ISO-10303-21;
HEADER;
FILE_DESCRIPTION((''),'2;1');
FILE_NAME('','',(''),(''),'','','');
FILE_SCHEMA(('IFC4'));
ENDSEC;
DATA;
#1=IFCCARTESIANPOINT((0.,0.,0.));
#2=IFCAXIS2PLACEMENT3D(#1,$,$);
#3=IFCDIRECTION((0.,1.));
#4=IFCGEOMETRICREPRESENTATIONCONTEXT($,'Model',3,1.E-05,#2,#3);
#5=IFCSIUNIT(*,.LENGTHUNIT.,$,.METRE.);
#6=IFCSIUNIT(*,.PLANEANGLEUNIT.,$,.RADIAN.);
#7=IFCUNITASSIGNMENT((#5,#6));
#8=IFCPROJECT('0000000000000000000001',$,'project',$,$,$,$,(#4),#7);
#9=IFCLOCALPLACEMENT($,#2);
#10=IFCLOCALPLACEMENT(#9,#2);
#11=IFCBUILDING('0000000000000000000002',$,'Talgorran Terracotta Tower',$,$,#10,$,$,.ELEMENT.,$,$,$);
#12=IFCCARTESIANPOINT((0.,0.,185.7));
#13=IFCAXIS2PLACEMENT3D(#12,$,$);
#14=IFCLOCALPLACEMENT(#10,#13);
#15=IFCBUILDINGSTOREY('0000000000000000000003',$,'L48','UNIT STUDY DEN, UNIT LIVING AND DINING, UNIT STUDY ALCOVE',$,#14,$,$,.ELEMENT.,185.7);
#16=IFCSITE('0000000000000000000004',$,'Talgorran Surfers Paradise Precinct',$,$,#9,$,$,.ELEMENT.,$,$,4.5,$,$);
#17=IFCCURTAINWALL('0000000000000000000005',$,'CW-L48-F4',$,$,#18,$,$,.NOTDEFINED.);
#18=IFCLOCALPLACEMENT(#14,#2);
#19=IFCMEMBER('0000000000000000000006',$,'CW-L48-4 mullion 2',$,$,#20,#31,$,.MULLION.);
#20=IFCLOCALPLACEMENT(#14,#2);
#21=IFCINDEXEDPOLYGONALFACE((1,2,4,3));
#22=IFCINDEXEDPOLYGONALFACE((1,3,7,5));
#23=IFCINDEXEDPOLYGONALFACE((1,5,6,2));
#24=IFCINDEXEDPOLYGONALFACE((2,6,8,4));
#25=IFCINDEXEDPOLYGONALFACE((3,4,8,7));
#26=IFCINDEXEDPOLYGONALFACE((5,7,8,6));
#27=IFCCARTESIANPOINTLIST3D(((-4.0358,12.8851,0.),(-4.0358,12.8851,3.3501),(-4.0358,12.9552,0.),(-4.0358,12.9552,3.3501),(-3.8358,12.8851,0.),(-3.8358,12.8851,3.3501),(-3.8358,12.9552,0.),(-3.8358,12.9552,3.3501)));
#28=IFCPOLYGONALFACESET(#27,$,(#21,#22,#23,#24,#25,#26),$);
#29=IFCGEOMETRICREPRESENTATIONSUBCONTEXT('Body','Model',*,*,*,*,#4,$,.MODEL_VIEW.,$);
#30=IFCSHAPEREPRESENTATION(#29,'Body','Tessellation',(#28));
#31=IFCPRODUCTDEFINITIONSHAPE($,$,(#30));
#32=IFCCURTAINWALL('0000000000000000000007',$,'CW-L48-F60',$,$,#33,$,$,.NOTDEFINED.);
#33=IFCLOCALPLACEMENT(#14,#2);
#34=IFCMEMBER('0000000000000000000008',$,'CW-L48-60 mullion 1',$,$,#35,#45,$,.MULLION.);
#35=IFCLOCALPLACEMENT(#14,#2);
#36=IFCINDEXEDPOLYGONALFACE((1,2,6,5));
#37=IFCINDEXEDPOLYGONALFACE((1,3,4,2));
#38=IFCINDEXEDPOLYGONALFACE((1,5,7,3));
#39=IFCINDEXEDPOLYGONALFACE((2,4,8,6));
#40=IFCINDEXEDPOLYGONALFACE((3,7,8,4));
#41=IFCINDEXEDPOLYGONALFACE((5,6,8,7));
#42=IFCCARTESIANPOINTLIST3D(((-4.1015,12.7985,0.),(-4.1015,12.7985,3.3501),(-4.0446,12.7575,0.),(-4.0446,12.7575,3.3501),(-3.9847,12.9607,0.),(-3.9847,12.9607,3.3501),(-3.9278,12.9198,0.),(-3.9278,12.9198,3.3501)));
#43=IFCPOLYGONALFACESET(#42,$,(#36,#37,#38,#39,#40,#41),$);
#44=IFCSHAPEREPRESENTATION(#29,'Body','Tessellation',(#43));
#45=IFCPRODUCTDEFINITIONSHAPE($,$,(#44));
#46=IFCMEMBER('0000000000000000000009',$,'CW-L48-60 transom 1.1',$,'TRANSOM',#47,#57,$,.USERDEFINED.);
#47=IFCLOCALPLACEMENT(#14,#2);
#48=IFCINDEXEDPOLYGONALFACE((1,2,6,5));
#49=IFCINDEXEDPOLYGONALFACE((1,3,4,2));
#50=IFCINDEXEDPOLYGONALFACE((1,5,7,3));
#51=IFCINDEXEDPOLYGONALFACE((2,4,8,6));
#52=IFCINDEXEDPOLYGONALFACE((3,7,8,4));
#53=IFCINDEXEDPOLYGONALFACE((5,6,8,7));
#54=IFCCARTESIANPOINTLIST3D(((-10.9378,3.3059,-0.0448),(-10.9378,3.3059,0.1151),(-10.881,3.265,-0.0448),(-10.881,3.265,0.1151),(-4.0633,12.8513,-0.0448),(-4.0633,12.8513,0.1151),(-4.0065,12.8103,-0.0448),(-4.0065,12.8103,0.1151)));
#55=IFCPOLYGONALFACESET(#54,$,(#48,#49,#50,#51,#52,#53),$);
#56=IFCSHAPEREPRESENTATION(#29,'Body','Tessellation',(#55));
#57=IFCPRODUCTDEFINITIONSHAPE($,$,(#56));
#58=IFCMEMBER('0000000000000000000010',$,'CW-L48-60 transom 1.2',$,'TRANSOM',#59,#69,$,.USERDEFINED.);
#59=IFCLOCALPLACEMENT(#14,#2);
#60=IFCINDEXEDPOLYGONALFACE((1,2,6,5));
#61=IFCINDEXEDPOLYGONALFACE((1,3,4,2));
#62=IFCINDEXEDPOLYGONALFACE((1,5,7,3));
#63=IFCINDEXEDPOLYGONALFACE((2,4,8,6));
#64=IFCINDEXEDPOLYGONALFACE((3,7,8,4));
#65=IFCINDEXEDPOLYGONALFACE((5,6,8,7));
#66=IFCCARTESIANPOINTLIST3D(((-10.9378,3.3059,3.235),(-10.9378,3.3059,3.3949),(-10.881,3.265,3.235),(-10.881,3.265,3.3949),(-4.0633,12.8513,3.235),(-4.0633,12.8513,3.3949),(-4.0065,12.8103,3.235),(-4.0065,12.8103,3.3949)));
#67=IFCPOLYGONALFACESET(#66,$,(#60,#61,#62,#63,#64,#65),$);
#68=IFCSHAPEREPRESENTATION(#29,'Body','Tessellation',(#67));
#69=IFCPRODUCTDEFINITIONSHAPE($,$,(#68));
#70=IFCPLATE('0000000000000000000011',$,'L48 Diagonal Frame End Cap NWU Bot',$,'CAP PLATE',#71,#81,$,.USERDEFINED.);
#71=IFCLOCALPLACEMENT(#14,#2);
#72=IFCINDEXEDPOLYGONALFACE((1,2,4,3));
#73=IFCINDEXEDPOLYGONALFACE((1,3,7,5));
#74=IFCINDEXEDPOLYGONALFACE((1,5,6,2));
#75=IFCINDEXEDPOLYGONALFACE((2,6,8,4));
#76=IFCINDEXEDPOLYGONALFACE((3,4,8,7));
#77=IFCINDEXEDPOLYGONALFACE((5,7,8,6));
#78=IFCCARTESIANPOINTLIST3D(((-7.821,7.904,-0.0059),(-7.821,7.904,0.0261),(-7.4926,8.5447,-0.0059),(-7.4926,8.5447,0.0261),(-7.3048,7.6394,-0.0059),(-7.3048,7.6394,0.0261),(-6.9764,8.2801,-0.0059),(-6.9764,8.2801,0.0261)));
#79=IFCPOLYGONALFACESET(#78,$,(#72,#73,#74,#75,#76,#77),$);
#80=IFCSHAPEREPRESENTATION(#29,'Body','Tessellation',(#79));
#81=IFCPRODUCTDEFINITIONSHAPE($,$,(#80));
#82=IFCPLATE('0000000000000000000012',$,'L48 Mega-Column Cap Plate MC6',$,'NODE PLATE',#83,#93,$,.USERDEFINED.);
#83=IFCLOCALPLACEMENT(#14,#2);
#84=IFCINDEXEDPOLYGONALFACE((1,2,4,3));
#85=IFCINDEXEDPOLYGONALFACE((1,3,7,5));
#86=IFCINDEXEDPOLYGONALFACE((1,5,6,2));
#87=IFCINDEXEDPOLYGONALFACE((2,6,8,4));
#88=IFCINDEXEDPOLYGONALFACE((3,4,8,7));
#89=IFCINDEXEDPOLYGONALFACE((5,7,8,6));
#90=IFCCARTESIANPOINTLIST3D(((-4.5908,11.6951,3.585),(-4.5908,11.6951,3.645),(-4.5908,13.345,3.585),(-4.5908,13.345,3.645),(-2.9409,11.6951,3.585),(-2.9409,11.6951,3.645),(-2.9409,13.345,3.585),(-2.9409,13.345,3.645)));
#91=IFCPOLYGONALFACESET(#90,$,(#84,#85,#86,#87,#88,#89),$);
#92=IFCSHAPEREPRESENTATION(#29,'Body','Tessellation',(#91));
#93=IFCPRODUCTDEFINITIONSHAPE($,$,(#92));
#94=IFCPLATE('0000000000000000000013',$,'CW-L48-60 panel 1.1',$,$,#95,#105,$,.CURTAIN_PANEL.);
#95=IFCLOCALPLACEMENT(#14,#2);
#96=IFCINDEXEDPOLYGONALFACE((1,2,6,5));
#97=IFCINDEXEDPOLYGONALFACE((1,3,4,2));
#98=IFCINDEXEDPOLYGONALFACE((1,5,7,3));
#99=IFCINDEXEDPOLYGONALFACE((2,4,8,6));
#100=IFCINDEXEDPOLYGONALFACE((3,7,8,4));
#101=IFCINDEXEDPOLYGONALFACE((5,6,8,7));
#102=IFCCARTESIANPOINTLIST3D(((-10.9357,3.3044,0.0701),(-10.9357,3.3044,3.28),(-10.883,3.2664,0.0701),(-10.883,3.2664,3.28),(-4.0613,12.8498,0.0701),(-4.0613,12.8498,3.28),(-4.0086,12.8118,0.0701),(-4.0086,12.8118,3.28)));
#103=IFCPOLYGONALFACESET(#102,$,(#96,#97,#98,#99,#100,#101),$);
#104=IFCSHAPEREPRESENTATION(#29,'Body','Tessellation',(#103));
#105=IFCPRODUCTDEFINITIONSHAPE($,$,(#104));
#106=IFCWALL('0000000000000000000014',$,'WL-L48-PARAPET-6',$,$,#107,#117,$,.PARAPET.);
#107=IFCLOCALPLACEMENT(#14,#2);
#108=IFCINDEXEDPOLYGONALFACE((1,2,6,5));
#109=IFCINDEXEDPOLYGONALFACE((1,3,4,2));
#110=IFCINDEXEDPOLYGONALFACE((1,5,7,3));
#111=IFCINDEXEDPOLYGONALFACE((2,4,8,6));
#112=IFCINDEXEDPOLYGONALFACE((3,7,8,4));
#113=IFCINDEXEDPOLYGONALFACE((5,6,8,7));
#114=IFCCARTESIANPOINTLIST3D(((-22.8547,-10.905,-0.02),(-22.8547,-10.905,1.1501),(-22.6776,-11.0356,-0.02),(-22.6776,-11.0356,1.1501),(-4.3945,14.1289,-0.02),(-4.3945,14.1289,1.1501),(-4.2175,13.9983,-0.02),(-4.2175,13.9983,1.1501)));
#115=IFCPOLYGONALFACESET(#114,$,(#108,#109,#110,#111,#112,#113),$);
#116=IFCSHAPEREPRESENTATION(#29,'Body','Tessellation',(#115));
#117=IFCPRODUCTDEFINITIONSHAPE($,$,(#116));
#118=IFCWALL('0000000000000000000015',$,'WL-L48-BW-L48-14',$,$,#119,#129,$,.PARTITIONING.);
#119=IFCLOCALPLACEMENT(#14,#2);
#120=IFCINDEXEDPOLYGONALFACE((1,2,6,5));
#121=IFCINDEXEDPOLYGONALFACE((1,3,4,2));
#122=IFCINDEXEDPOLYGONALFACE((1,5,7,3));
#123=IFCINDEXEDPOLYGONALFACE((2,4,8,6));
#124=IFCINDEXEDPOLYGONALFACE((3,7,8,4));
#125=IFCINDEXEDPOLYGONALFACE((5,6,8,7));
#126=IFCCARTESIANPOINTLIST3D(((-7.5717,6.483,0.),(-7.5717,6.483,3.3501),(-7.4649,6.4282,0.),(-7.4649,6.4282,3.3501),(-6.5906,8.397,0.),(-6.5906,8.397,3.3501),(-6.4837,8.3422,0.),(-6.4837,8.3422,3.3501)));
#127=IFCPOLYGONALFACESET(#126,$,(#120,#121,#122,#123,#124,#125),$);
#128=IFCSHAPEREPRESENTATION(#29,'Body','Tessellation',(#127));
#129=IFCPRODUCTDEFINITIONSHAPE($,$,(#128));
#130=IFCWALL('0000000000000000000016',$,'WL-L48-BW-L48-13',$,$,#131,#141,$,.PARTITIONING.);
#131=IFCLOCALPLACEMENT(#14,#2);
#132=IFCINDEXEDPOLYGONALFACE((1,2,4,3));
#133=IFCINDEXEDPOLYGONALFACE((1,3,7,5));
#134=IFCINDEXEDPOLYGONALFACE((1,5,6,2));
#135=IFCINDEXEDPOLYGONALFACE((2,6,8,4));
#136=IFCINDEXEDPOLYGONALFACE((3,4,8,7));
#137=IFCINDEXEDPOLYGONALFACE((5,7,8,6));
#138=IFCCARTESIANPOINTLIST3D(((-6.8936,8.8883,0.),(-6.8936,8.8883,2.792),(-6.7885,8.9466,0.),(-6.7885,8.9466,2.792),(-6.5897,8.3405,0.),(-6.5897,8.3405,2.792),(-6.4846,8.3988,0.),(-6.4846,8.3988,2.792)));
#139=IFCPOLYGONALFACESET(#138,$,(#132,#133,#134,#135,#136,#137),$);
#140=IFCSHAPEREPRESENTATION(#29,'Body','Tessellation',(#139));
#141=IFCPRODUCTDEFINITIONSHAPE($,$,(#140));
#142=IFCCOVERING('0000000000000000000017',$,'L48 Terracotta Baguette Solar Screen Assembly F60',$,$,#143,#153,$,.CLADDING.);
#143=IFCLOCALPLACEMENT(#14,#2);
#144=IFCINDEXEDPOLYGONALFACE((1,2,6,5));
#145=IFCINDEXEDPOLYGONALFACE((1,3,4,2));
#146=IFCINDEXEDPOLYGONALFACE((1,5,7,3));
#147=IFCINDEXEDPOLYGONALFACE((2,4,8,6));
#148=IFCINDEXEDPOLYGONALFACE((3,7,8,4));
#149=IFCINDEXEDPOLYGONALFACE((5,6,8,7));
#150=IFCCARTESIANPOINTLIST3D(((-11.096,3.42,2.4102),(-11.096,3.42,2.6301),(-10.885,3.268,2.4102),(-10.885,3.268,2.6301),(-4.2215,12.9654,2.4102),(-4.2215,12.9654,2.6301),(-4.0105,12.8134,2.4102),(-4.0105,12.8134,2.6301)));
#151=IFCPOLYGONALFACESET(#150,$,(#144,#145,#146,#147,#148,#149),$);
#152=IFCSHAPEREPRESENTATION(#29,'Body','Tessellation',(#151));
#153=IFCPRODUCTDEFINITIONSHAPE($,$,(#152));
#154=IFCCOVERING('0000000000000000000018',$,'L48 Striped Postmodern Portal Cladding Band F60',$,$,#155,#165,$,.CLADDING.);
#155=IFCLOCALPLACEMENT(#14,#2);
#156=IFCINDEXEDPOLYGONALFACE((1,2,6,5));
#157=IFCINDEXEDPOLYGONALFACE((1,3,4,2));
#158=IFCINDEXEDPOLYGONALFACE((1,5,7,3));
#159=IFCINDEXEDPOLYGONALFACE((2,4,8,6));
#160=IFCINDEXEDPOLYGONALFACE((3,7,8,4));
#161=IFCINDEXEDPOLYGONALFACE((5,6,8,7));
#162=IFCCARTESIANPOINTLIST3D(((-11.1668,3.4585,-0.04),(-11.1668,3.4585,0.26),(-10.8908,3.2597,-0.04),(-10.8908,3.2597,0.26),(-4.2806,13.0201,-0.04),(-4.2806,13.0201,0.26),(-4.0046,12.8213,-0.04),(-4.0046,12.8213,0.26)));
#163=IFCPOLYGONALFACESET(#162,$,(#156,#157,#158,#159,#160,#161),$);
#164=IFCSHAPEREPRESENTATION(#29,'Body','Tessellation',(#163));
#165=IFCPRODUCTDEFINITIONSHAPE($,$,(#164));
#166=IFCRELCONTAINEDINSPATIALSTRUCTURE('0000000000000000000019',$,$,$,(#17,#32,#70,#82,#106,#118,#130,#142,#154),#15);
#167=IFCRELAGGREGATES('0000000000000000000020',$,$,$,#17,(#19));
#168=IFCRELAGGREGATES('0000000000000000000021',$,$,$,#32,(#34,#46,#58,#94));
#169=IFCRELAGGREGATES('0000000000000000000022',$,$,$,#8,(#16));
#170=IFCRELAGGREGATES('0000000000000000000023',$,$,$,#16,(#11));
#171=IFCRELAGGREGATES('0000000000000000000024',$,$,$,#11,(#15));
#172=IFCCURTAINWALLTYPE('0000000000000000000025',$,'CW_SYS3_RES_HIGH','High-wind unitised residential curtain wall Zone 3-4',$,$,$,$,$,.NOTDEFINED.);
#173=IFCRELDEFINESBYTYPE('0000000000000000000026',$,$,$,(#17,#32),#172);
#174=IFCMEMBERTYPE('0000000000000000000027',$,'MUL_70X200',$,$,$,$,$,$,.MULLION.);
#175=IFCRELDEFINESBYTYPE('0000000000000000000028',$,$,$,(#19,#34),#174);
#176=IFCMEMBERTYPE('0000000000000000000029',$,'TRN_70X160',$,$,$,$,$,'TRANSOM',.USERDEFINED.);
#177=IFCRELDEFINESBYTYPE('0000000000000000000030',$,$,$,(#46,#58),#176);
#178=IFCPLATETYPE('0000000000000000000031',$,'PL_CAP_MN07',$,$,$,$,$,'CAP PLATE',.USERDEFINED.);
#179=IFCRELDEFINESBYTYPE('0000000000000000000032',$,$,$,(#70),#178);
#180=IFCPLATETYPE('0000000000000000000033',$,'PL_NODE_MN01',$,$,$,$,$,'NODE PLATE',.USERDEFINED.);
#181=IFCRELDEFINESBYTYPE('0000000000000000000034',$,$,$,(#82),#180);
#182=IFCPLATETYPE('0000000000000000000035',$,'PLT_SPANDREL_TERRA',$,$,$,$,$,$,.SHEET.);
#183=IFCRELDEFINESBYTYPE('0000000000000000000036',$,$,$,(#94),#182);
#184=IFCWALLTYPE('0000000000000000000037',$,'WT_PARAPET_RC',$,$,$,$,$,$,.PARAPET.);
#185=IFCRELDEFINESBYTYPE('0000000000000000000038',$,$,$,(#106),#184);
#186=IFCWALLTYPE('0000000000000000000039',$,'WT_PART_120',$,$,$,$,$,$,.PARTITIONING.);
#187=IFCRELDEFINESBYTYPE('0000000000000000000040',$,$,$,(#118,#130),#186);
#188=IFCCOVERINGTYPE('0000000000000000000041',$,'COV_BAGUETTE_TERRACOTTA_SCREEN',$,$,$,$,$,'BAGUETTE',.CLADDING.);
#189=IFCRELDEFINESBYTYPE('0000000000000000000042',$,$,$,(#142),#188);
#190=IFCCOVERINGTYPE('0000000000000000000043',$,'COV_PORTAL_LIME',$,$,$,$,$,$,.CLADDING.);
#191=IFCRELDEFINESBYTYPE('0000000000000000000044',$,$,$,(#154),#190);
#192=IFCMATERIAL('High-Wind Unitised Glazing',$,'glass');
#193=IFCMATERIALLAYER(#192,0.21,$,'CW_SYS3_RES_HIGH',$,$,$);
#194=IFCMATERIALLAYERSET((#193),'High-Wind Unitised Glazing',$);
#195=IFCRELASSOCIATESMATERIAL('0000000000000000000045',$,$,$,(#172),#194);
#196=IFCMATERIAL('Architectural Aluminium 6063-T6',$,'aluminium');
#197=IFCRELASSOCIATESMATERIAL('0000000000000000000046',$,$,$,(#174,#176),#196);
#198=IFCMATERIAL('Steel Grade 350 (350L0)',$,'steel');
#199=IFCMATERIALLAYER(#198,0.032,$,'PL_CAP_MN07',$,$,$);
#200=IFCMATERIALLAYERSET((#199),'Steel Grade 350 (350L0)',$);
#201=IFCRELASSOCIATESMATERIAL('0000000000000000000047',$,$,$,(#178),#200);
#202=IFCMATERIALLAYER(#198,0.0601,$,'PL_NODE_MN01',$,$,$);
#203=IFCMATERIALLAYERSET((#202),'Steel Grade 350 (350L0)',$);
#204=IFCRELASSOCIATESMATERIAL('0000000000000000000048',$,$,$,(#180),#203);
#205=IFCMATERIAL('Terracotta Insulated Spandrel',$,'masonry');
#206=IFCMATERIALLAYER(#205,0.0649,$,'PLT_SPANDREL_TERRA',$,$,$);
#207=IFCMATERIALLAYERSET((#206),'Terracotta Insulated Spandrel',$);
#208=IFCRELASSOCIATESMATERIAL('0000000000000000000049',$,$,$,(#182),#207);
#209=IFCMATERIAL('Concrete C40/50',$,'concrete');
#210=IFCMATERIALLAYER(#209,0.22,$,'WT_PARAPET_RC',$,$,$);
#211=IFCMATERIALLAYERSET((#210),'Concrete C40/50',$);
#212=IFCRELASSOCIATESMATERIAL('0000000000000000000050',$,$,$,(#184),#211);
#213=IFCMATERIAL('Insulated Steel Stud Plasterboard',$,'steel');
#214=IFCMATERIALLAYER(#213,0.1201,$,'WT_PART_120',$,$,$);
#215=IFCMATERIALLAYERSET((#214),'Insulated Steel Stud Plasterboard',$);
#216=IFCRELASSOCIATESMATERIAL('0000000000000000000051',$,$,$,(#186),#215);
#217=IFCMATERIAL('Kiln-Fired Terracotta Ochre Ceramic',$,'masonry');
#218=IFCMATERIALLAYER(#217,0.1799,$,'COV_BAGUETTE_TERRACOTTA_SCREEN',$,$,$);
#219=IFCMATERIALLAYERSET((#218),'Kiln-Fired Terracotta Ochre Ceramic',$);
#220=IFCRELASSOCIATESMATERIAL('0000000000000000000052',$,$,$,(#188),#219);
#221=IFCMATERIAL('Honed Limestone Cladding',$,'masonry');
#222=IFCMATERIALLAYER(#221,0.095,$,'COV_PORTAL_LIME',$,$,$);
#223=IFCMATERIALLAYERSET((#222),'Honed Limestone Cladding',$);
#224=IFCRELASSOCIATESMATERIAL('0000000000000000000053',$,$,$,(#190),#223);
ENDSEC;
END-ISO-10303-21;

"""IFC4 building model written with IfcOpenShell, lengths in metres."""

from ifc_helpers import new_model, si_unit, direction, frame, frame_2d, origin, origin_2d, place, context, subcontext, project, spatial, rectangle, extrude, source, transform, mapped, material, layer, layer_set, material_profile, profile_set, type_object, type_shapes, element, aggregate, save


model = new_model("IFC4")

# Units and contexts
model_context = context("Model", 3, precision=1e-05, world=origin(), true_north=direction((0.0, 1.0)))
body_context = subcontext(model_context, "Body", "Model", "MODEL_VIEW")
ifc_project = project(units=[si_unit("LENGTHUNIT", "METRE"), si_unit("PLANEANGLEUNIT", "RADIAN")], contexts=[model_context])

# Site, building, storey
site_placement = place(None, origin())
site = spatial("IfcSite", under=ifc_project, at=site_placement, Name="Talgorran Surfers Paradise Precinct", CompositionType="ELEMENT", RefElevation=4.5)
building_placement = place(site_placement, origin())
building = spatial("IfcBuilding", under=site, at=building_placement, Name="Talgorran Terracotta Tower", CompositionType="ELEMENT")
storey_placement = place(building_placement, frame((0.0, 0.0, 185.7)))
storey = spatial("IfcBuildingStorey", under=building, at=storey_placement, Name="L48", Description="UNIT STUDY DEN, UNIT LIVING AND DINING, UNIT STUDY ALCOVE", CompositionType="ELEMENT", Elevation=185.7)

# Shared definitions
ifc_material_1 = material(Name="Steel Grade 350 (350L0)", Category="steel")

# Curtain wall, member
ifc_material_2 = material(Name="High-Wind Unitised Glazing", Category="glass")
ifc_layer_1 = layer(ifc_material_2, 0.21, Name="CW_SYS3_RES_HIGH")
ifc_layer_set_1 = layer_set([ifc_layer_1], Name="High-Wind Unitised Glazing")
curtain_wall_type = type_object("IfcCurtainWallType", Name="CW_SYS3_RES_HIGH", Description="High-wind unitised residential curtain wall Zone 3-4", PredefinedType="NOTDEFINED", material=ifc_layer_set_1)
curtain_wall_1_placement = place(storey_placement, origin())
curtain_wall_1 = element("IfcCurtainWall", 1, at=curtain_wall_1_placement, inside=storey, type_object=curtain_wall_type, Name="CW-L48-F4", PredefinedType="NOTDEFINED")
ifc_material_3 = material(Name="Architectural Aluminium 6063-T6", Category="aluminium")
ifc_material_profile_1 = material_profile(ifc_material_3, rectangle(XDim=0.0701, YDim=0.2, at=origin_2d()), Name="CWM70X200")
ifc_profile_set_1 = profile_set([ifc_material_profile_1], Name="Architectural Aluminium 6063-T6")
member_type_1 = type_object("IfcMemberType", Name="MUL_70X200", PredefinedType="MULLION", material=ifc_profile_set_1)
member_1_placement = place(storey_placement, frame((-3.9358, 12.9202, 0.0), z_axis=(0.0, 0.0, 1.0), x_axis=(0.0, -1.0, 0.0)))
member_1 = element("IfcMember", 2, at=member_1_placement, type_object=member_type_1, Name="CW-L48-4 mullion 2", PredefinedType="MULLION", context=body_context, shape_type="SweptSolid", body=[
    extrude(rectangle(XDim=0.0701, YDim=0.2, at=origin_2d()), origin(), (0.0, 0.0, 1.0), 3.3501),
])
aggregate(curtain_wall_1, [member_1])

# Curtain wall, members
curtain_wall_2_placement = place(storey_placement, origin())
curtain_wall_2 = element("IfcCurtainWall", 3, at=curtain_wall_2_placement, inside=storey, type_object=curtain_wall_type, Name="CW-L48-F60", PredefinedType="NOTDEFINED")
member_2_placement = place(storey_placement, frame((-4.0146, 12.8591, 0.0), z_axis=(0.0, 0.0, 1.0), x_axis=(0.811463, -0.584404, 0.0)))
member_2 = element("IfcMember", 4, at=member_2_placement, type_object=member_type_1, Name="CW-L48-60 mullion 1", PredefinedType="MULLION", context=body_context, shape_type="SweptSolid", body=[
    extrude(rectangle(XDim=0.0701, YDim=0.2, at=origin_2d()), origin(), (0.0, 0.0, 1.0), 3.3501),
])
ifc_material_profile_2 = material_profile(ifc_material_3, rectangle(XDim=0.0701, YDim=0.1599, at=origin_2d()), Name="CWT70X160")
ifc_profile_set_2 = profile_set([ifc_material_profile_2], Name="Architectural Aluminium 6063-T6")
member_type_2 = type_object("IfcMemberType", Name="TRN_70X160", ElementType="TRANSOM", PredefinedType="USERDEFINED", material=ifc_profile_set_2)
member_3_placement = place(storey_placement, frame((-4.0349, 12.8308, 0.0352), z_axis=(-0.584406, -0.811461, 0.0), x_axis=(0.811461, -0.584406, 0.0)))
member_3 = element("IfcMember", 5, at=member_3_placement, type_object=member_type_2, Name="CW-L48-60 transom 1.1", ObjectType="TRANSOM", PredefinedType="USERDEFINED", context=body_context, shape_type="SweptSolid", body=[
    extrude(rectangle(XDim=0.0701, YDim=0.1599, at=origin_2d()), origin(), (0.0, 0.0, 1.0), 11.7632),
])
member_4_placement = place(storey_placement, frame((-4.0349, 12.8308, 3.3149), z_axis=(-0.584406, -0.811461, 0.0), x_axis=(0.811461, -0.584406, 0.0)))
member_4 = element("IfcMember", 6, at=member_4_placement, type_object=member_type_2, Name="CW-L48-60 transom 1.2", ObjectType="TRANSOM", PredefinedType="USERDEFINED", context=body_context, shape_type="SweptSolid", body=[
    extrude(rectangle(XDim=0.0701, YDim=0.1599, at=origin_2d()), origin(), (0.0, 0.0, 1.0), 11.7632),
])

# Plates
ifc_layer_2 = layer(ifc_material_1, 0.032, Name="PL_CAP_MN07")
ifc_layer_set_2 = layer_set([ifc_layer_2], Name="Steel Grade 350 (350L0)")
plate_type_1 = type_object("IfcPlateType", Name="PL_CAP_MN07", ElementType="CAP PLATE", PredefinedType="USERDEFINED", material=ifc_layer_set_2)
plate_1_placement = place(storey_placement, frame((-7.3987, 8.092, -0.0059), z_axis=(0.0, 0.0, 1.0), x_axis=(-0.456166, -0.889895, 0.0)))
element("IfcPlate", 7, at=plate_1_placement, inside=storey, type_object=plate_type_1, Name="L48 Diagonal Frame End Cap NWU Bot", ObjectType="CAP PLATE", PredefinedType="USERDEFINED", context=body_context, shape_type="SweptSolid", body=[
    extrude(rectangle(XDim=0.72, YDim=0.5801, at=origin_2d()), origin(), (0.0, 0.0, 1.0), 0.032),
])
ifc_layer_3 = layer(ifc_material_1, 0.0601, Name="PL_NODE_MN01")
ifc_layer_set_3 = layer_set([ifc_layer_3], Name="Steel Grade 350 (350L0)")
plate_type_2 = type_object("IfcPlateType", Name="PL_NODE_MN01", ElementType="NODE PLATE", PredefinedType="USERDEFINED", material=ifc_layer_set_3)
plate_2_placement = place(storey_placement, frame((-3.7659, 12.52, 3.585), z_axis=(0.0, 0.0, 1.0), x_axis=(1.0, 0.0, 0.0)))
element("IfcPlate", 8, at=plate_2_placement, inside=storey, type_object=plate_type_2, Name="L48 Mega-Column Cap Plate MC6", ObjectType="NODE PLATE", PredefinedType="USERDEFINED", context=body_context, shape_type="SweptSolid", body=[
    extrude(rectangle(XDim=1.6499, YDim=1.6499, at=origin_2d()), origin(), (0.0, 0.0, 1.0), 0.0601),
])

# Plate
ifc_material_4 = material(Name="Terracotta Insulated Spandrel", Category="masonry")
ifc_layer_4 = layer(ifc_material_4, 0.0649, Name="PLT_SPANDREL_TERRA")
ifc_layer_set_4 = layer_set([ifc_layer_4], Name="Terracotta Insulated Spandrel")
plate_type_3 = type_object("IfcPlateType", Name="PLT_SPANDREL_TERRA", PredefinedType="SHEET", material=ifc_layer_set_4)
shared_shape = source(origin(), body_context, "Body", "SweptSolid", [
    extrude(rectangle(XDim=11.7632, YDim=0.0649, at=origin_2d()), origin(), (0.0, 0.0, 1.0), 3.21),
])
type_shapes(plate_type_3, [shared_shape])
plate_3_placement = place(storey_placement, frame((-7.4722, 8.0581, 0.0701), z_axis=(0.0, 0.0, 1.0), x_axis=(-0.584404, -0.811463, 0.0)))
plate_3 = element("IfcPlate", 9, at=plate_3_placement, type_object=plate_type_3, Name="CW-L48-60 panel 1.1", PredefinedType="CURTAIN_PANEL", context=body_context, shape_type="MappedRepresentation", body=[
    mapped(shared_shape, transform((0.0, 0.0, 0.0), scale=1.0)),
])
aggregate(curtain_wall_2, [member_2, member_3, member_4, plate_3])

# Walls
ifc_material_5 = material(Name="Concrete C40/50", Category="concrete")
ifc_layer_5 = layer(ifc_material_5, 0.22, Name="WT_PARAPET_RC")
ifc_layer_set_5 = layer_set([ifc_layer_5], Name="Concrete C40/50")
wall_type_1 = type_object("IfcWallType", Name="WT_PARAPET_RC", PredefinedType="PARAPET", material=ifc_layer_set_5)
wall_1_placement = place(storey_placement, frame((-4.3059, 14.0637, -0.02), z_axis=(0.0, 0.0, 1.0), x_axis=(-0.593494, -0.804839, 0.0)))
element("IfcWall", 10, at=wall_1_placement, inside=storey, type_object=wall_type_1, Name="WL-L48-PARAPET-6", PredefinedType="PARAPET", context=body_context, shape_type="SweptSolid", body=[
    extrude(rectangle(XDim=31.1042, YDim=0.22, at=frame_2d((15.5522, 0.0))), origin(), (0.0, 0.0, 1.0), 1.1702),
])
ifc_material_6 = material(Name="Insulated Steel Stud Plasterboard", Category="steel")
ifc_layer_6 = layer(ifc_material_6, 0.1201, Name="WT_PART_120")
ifc_layer_set_6 = layer_set([ifc_layer_6], Name="Insulated Steel Stud Plasterboard")
wall_type_2 = type_object("IfcWallType", Name="WT_PART_120", PredefinedType="PARTITIONING", material=ifc_layer_set_6)
wall_2_placement = place(storey_placement, frame((-6.5371, 8.3696, 0.0), z_axis=(0.0, 0.0, 1.0), x_axis=(-0.456181, -0.889887, 0.0)))
element("IfcWall", 11, at=wall_2_placement, inside=storey, type_object=wall_type_2, Name="WL-L48-BW-L48-14", PredefinedType="PARTITIONING", context=body_context, shape_type="SweptSolid", body=[
    extrude(rectangle(XDim=2.1509, YDim=0.1201, at=frame_2d((1.0754, 0.0))), origin(), (0.0, 0.0, 1.0), 3.3501),
])
wall_3_placement = place(storey_placement, frame((-6.8411, 8.9175, 0.0), z_axis=(0.0, 0.0, 1.0), x_axis=(0.485147, -0.874433, 0.0)))
element("IfcWall", 12, at=wall_3_placement, inside=storey, type_object=wall_type_2, Name="WL-L48-BW-L48-13", PredefinedType="PARTITIONING", context=body_context, shape_type="SweptSolid", body=[
    extrude(rectangle(XDim=0.6265, YDim=0.1201, at=frame_2d((0.3132, 0.0))), origin(), (0.0, 0.0, 1.0), 2.792),
])

# Coverings
ifc_material_7 = material(Name="Kiln-Fired Terracotta Ochre Ceramic", Category="masonry")
ifc_layer_7 = layer(ifc_material_7, 0.1799, Name="COV_BAGUETTE_TERRACOTTA_SCREEN")
ifc_layer_set_7 = layer_set([ifc_layer_7], Name="Kiln-Fired Terracotta Ochre Ceramic")
covering_type_1 = type_object("IfcCoveringType", Name="COV_BAGUETTE_TERRACOTTA_SCREEN", ElementType="BAGUETTE", PredefinedType="CLADDING", material=ifc_layer_set_7)
covering_1_placement = place(storey_placement, frame((-7.5532, 8.1167, 2.4102), z_axis=(0.0, 0.0, 1.0), x_axis=(-0.584405, -0.811462, 0.0)))
element("IfcCovering", 13, at=covering_1_placement, inside=storey, type_object=covering_type_1, Name="L48 Terracotta Baguette Solar Screen Assembly F60", PredefinedType="CLADDING", context=body_context, shape_type="SweptSolid", body=[
    extrude(rectangle(XDim=11.7632, YDim=0.26, at=origin_2d()), origin(), (0.0, 0.0, 1.0), 0.22),
])
ifc_material_8 = material(Name="Honed Limestone Cladding", Category="masonry")
ifc_layer_8 = layer(ifc_material_8, 0.095, Name="COV_PORTAL_LIME")
ifc_layer_set_8 = layer_set([ifc_layer_8], Name="Honed Limestone Cladding")
covering_type_2 = type_object("IfcCoveringType", Name="COV_PORTAL_LIME", PredefinedType="CLADDING", material=ifc_layer_set_8)
covering_2_placement = place(storey_placement, frame((-7.5857, 8.1399, -0.04), z_axis=(0.0, 0.0, 1.0), x_axis=(-0.584405, -0.811462, 0.0)))
element("IfcCovering", 14, at=covering_2_placement, inside=storey, type_object=covering_type_2, Name="L48 Striped Postmodern Portal Cladding Band F60", PredefinedType="CLADDING", context=body_context, shape_type="SweptSolid", body=[
    extrude(rectangle(XDim=11.7832, YDim=0.3401, at=origin_2d()), origin(), (0.0, 0.0, 1.0), 0.3),
])

save(model, "model.ifc")
